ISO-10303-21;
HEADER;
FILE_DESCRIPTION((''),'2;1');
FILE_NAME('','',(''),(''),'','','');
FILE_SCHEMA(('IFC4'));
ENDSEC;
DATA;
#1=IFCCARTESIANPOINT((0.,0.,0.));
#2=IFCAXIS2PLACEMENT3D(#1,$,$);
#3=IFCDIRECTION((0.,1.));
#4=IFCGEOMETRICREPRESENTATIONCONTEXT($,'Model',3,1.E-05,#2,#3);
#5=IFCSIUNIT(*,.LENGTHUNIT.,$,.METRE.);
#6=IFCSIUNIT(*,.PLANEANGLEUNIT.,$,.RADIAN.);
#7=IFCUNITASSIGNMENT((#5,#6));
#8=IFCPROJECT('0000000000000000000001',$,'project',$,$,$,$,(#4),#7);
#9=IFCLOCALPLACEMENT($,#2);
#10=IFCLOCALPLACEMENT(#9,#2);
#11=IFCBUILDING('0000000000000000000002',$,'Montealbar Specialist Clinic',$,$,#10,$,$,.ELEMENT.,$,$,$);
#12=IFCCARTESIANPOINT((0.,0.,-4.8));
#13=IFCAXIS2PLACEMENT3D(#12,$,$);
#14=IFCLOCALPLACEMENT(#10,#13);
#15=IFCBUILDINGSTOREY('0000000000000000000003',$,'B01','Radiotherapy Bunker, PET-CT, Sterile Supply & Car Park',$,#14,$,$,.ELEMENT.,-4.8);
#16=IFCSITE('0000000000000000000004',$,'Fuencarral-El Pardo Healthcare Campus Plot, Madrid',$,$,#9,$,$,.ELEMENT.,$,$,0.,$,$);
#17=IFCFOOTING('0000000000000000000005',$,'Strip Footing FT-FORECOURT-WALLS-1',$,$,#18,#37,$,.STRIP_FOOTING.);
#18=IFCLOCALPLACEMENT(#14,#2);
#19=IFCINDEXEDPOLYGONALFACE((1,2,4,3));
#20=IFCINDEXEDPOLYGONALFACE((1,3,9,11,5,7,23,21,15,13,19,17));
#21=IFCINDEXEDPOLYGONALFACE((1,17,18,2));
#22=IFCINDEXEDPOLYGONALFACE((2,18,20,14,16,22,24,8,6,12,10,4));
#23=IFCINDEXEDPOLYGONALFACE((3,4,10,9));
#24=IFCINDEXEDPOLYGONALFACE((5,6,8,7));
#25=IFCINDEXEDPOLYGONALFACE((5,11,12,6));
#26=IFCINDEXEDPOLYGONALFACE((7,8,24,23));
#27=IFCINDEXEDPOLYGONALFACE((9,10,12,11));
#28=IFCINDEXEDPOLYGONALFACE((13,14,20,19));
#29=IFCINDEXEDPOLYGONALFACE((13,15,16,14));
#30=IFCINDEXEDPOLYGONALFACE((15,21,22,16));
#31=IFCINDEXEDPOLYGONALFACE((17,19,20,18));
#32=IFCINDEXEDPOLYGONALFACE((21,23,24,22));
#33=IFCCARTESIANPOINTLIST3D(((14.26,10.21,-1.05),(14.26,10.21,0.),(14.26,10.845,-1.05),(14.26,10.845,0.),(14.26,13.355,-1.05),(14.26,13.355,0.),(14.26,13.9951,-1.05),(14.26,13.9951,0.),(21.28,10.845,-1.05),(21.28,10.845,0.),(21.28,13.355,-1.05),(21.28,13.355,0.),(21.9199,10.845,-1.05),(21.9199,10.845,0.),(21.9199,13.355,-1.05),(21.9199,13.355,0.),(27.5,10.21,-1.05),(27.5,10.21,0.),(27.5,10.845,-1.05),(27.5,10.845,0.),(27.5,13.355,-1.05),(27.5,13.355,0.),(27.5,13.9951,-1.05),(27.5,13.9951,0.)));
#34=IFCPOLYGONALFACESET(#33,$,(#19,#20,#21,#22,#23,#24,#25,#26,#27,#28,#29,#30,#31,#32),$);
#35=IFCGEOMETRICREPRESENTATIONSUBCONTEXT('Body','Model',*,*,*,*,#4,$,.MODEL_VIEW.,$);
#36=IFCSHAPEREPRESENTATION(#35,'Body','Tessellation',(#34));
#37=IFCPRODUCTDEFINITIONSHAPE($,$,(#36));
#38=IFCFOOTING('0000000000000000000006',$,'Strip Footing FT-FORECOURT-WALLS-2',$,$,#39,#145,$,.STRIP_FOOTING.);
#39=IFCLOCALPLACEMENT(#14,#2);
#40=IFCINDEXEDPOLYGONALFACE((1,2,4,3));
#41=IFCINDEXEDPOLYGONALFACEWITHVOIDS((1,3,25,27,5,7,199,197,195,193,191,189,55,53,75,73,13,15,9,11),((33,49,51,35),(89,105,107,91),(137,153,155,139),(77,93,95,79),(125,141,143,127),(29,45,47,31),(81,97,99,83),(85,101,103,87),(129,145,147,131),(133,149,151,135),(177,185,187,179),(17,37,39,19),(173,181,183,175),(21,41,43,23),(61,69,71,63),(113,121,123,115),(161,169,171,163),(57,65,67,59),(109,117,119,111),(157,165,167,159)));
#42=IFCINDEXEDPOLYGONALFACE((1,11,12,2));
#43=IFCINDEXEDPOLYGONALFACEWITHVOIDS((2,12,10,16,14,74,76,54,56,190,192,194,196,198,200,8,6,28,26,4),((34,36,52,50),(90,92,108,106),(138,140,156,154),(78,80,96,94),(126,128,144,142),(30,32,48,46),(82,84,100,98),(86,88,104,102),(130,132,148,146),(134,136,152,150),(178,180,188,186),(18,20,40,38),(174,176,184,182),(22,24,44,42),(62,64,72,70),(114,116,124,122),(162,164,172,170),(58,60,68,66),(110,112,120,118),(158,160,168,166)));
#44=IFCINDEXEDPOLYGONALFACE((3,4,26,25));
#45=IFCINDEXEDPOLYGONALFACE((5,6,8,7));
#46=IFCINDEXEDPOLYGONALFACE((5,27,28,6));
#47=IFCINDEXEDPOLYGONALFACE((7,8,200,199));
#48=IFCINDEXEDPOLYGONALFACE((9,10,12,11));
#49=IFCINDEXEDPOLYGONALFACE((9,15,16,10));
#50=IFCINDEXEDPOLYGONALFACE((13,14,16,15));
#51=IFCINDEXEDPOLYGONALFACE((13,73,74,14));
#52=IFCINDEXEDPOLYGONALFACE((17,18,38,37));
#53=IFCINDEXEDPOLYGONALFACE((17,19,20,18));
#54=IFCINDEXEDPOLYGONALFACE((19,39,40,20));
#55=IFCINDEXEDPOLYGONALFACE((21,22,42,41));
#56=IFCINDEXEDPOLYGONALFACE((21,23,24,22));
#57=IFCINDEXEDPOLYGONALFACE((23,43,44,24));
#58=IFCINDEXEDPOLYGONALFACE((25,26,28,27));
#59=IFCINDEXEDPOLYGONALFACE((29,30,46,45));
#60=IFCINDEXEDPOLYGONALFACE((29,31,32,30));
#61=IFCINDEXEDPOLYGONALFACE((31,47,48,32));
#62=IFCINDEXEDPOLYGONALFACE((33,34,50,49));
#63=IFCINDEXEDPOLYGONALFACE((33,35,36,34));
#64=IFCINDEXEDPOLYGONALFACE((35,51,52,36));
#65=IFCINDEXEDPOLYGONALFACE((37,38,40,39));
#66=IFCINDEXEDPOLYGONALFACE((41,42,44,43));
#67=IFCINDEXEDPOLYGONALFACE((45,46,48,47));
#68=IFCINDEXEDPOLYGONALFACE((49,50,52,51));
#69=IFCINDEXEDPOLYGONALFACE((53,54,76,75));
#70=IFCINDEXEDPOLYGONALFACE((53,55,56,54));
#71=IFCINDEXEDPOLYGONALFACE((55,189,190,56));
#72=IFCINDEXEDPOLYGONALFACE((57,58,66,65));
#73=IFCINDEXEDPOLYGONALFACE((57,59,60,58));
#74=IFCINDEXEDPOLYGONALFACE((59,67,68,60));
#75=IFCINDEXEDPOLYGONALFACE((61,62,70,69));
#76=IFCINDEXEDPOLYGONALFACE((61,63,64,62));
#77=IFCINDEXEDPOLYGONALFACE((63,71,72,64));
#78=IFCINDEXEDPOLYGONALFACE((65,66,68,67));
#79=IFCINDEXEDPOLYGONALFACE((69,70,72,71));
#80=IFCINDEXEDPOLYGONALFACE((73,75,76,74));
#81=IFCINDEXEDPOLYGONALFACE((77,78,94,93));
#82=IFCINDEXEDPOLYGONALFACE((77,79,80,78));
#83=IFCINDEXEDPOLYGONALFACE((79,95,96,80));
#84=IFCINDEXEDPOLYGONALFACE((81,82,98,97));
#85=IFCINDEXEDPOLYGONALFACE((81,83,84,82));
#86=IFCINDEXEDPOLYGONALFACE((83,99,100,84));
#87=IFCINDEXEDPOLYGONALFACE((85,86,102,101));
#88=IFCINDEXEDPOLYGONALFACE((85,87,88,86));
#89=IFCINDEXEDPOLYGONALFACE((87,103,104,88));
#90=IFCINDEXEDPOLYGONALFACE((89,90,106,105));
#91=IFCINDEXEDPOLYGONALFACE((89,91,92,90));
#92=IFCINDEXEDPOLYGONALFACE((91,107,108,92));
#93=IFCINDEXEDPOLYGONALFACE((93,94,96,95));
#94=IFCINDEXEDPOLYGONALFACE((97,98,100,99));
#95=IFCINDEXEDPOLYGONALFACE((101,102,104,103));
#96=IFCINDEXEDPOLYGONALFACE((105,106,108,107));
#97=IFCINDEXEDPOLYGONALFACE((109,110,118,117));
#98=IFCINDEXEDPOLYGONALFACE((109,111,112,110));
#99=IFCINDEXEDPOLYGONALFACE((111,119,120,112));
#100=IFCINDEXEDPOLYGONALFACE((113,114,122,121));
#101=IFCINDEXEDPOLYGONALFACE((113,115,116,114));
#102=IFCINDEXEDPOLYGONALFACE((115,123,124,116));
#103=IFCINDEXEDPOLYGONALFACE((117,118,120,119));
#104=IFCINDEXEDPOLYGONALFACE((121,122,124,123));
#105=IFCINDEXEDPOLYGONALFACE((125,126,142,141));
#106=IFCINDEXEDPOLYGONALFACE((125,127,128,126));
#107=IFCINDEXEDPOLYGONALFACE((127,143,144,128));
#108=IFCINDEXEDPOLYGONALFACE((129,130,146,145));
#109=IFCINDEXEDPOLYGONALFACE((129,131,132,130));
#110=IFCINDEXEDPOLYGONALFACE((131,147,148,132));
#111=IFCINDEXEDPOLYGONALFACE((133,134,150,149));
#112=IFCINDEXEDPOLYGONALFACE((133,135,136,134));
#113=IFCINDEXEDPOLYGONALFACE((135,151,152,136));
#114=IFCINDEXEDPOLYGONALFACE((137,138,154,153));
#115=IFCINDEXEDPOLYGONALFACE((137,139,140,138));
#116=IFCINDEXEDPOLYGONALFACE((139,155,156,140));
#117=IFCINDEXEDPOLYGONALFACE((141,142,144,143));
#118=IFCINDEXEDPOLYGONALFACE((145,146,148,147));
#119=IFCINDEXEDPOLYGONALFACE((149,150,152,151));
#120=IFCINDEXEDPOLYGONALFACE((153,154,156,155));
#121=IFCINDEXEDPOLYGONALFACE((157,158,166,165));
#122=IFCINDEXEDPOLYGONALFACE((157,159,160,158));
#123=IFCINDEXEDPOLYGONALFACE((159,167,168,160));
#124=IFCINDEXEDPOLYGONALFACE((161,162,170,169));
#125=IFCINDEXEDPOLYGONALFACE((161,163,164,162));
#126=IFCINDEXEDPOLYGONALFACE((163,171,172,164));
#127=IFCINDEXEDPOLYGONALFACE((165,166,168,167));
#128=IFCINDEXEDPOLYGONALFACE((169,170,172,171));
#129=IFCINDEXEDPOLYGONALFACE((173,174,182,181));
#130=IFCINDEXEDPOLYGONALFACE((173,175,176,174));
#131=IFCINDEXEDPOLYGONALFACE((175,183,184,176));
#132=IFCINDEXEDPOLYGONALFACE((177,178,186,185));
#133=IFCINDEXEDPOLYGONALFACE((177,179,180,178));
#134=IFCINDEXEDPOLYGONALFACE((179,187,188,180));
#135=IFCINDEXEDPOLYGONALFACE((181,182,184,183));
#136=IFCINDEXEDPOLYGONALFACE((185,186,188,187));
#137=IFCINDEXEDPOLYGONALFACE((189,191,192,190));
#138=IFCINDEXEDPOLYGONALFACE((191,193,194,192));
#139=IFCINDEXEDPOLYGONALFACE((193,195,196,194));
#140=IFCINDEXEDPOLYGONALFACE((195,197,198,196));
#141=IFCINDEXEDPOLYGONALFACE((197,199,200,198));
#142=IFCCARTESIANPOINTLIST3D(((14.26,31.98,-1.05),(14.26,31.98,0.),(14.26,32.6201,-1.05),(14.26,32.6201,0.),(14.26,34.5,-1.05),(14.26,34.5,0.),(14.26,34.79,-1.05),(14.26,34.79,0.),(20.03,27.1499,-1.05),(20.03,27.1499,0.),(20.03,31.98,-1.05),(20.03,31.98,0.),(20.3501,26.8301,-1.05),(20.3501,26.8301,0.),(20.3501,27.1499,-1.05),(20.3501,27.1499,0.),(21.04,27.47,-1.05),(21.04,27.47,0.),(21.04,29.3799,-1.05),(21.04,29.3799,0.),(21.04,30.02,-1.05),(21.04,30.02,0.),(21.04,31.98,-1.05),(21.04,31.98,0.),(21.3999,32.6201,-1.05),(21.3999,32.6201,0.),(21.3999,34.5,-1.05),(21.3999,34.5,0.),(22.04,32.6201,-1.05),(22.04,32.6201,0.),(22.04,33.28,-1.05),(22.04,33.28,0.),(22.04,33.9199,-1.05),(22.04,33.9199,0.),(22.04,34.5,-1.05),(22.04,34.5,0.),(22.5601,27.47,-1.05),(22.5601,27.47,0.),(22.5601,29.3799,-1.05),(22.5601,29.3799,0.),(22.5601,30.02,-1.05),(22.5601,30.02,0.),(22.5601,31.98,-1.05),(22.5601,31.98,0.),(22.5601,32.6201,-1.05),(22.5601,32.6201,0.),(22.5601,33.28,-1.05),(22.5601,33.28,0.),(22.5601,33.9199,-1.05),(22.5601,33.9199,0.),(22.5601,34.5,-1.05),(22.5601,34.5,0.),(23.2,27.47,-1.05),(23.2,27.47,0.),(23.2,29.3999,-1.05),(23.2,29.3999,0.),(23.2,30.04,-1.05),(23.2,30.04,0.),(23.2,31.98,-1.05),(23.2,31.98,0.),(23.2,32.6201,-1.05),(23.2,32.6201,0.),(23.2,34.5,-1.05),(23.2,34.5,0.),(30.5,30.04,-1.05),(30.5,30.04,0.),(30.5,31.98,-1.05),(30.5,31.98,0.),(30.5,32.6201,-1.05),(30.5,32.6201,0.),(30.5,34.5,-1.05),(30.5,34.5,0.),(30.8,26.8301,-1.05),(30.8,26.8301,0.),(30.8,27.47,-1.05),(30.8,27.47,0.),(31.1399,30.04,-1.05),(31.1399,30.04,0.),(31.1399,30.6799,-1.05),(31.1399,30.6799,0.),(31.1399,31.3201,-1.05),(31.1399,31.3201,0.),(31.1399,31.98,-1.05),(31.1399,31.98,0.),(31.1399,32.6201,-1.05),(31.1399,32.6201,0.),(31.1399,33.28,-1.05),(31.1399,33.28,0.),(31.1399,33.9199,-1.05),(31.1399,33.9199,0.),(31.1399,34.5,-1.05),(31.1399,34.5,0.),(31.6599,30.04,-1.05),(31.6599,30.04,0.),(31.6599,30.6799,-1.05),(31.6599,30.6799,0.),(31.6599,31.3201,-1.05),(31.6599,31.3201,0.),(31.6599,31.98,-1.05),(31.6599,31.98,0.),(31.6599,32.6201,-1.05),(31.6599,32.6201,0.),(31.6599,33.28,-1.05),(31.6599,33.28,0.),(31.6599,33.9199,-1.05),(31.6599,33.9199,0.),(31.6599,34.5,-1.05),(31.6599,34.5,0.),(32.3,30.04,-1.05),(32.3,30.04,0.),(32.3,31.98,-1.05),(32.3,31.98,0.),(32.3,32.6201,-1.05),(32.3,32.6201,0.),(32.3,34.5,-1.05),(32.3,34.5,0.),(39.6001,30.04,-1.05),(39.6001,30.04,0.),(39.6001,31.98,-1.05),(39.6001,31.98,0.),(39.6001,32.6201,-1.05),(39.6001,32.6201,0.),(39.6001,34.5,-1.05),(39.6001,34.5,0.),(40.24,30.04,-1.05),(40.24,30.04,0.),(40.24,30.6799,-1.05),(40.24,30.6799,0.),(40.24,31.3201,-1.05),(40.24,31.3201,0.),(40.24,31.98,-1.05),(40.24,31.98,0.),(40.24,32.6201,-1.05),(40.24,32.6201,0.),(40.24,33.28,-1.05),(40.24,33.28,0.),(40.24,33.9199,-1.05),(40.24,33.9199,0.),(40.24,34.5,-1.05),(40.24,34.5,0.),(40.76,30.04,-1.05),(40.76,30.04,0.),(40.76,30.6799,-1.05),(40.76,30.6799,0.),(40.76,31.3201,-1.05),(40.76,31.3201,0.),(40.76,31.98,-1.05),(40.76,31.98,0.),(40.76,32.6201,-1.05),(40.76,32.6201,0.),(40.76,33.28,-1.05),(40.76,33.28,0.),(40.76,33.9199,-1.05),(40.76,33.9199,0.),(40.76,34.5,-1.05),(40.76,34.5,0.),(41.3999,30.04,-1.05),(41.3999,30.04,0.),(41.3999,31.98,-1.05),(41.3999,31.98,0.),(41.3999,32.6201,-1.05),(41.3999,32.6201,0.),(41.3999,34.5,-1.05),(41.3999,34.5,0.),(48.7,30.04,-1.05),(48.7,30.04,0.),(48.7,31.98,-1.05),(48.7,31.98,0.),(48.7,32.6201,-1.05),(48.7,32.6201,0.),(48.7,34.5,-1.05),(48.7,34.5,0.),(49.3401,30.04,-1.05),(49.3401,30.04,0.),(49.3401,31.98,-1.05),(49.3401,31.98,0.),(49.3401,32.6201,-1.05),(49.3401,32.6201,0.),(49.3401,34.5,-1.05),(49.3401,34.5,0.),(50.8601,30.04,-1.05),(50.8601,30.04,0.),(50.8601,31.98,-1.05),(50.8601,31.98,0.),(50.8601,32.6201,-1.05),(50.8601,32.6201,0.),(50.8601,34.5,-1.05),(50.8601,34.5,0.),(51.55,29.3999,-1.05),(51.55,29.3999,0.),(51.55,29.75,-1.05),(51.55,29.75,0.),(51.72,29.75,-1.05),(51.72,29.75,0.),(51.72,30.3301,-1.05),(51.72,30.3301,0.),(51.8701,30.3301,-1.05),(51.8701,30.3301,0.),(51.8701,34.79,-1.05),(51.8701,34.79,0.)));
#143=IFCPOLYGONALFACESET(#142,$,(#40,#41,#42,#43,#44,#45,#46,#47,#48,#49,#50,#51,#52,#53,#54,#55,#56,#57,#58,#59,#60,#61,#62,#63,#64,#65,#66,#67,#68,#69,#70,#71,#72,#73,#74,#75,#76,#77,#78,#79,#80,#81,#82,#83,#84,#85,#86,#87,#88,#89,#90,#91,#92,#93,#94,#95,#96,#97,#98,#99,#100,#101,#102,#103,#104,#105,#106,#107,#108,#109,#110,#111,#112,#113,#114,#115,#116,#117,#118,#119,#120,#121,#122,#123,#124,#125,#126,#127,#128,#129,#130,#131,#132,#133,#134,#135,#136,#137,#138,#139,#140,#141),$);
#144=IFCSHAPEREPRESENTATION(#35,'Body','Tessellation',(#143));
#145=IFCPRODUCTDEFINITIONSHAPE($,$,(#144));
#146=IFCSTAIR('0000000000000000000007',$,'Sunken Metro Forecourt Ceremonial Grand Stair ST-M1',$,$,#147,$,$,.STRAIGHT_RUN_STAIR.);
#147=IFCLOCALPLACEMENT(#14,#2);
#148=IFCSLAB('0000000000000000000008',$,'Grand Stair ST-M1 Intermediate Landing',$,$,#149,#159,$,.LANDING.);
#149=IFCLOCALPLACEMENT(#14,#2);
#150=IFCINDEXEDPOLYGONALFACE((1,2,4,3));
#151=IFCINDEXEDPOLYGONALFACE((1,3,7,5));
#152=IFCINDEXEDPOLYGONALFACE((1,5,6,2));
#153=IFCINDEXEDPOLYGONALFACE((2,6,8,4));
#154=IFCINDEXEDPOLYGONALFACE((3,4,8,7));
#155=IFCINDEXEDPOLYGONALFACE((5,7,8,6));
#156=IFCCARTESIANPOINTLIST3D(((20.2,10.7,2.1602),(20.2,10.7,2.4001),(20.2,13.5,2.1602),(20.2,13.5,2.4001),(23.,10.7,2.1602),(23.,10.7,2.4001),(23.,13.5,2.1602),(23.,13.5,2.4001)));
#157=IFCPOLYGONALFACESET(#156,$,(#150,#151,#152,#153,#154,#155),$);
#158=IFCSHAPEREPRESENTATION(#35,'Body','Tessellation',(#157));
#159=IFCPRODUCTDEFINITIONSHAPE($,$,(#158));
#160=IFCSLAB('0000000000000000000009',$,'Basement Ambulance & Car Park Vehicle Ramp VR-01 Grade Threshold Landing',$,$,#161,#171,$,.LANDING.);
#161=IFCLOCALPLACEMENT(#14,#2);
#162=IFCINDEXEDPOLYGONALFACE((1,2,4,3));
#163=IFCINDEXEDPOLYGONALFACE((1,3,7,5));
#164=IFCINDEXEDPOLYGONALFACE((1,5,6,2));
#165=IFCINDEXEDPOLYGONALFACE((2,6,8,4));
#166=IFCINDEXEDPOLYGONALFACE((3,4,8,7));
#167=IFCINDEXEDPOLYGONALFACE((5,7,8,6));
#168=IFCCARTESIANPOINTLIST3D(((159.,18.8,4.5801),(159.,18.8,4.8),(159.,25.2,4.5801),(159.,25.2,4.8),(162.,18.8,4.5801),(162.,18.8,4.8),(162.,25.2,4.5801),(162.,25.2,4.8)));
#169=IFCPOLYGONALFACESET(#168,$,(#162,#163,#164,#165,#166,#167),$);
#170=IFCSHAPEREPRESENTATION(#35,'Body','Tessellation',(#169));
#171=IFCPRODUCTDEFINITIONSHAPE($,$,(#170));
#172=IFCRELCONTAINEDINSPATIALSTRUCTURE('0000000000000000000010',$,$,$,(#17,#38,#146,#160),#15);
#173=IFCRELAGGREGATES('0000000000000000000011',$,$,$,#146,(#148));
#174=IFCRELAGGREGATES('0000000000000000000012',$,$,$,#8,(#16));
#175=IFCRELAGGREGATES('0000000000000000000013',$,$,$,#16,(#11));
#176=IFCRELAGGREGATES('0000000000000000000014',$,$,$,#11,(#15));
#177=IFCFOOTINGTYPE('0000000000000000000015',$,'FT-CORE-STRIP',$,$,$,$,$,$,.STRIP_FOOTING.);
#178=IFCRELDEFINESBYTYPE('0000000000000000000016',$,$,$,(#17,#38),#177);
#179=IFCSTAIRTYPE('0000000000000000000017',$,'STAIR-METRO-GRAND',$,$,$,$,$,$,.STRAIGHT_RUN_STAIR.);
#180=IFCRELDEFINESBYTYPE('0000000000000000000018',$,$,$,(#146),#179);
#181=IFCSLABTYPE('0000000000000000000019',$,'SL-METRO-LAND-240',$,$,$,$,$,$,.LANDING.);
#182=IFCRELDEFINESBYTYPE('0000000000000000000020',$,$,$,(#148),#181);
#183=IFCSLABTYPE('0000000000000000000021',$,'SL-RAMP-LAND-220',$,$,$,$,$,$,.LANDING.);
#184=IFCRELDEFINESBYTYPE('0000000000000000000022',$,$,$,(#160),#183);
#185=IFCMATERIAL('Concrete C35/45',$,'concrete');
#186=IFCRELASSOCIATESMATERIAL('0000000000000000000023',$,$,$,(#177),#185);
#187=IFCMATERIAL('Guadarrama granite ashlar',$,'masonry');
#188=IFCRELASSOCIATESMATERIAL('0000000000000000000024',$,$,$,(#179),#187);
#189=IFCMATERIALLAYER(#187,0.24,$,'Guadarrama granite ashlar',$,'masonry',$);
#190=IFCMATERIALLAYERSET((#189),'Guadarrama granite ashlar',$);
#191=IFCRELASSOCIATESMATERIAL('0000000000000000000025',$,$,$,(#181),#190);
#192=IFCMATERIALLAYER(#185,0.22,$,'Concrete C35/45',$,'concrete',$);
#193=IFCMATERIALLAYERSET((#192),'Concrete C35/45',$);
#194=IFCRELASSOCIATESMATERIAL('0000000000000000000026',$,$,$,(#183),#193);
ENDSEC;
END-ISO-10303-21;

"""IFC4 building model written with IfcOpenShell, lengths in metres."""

from ifc_helpers import new_model, si_unit, direction, frame, origin, place, context, subcontext, project, spatial, polyline, outline, extrude, material, layer, layer_set, type_object, element, aggregate, save


model = new_model("IFC4")

# Units and contexts
model_context = context("Model", 3, precision=1e-05, world=origin(), true_north=direction((0.0, 1.0)))
body_context = subcontext(model_context, "Body", "Model", "MODEL_VIEW")
ifc_project = project(units=[si_unit("LENGTHUNIT", "METRE"), si_unit("PLANEANGLEUNIT", "RADIAN")], contexts=[model_context])

# Site, building, storey
site_placement = place(None, origin())
site = spatial("IfcSite", under=ifc_project, at=site_placement, Name="Fuencarral-El Pardo Healthcare Campus Plot, Madrid", CompositionType="ELEMENT", RefElevation=0.0)
building_placement = place(site_placement, origin())
building = spatial("IfcBuilding", under=site, at=building_placement, Name="Montealbar Specialist Clinic", CompositionType="ELEMENT")
storey_placement = place(building_placement, frame((0.0, 0.0, -4.8)))
storey = spatial("IfcBuildingStorey", under=building, at=storey_placement, Name="B01", Description="Radiotherapy Bunker, PET-CT, Sterile Supply & Car Park", CompositionType="ELEMENT", Elevation=-4.8)

# Footings
ifc_material_1 = material(Name="Concrete C35/45", Category="concrete")
footing_type = type_object("IfcFootingType", Name="FT-CORE-STRIP", PredefinedType="STRIP_FOOTING", material=ifc_material_1)
footing_1_placement = place(storey_placement, frame((0.0, 0.0, -1.05)))
element("IfcFooting", 1, at=footing_1_placement, inside=storey, type_object=footing_type, Name="Strip Footing FT-FORECOURT-WALLS-1", PredefinedType="STRIP_FOOTING", context=body_context, shape_type="SweptSolid", body=[
    extrude(outline(polyline([(14.26, 13.9951), (27.5, 13.9951), (27.5, 13.355), (21.9199, 13.355), (21.9199, 10.845), (27.5, 10.845), (27.5, 10.21), (14.26, 10.21), (14.26, 10.845), (21.28, 10.845), (21.28, 13.355), (14.26, 13.355), (14.26, 13.9951)])), origin(), (0.0, 0.0, 1.0), 1.05),
])
footing_2_placement = place(storey_placement, frame((0.0, 0.0, -1.05)))
element("IfcFooting", 2, at=footing_2_placement, inside=storey, type_object=footing_type, Name="Strip Footing FT-FORECOURT-WALLS-2", PredefinedType="STRIP_FOOTING", context=body_context, shape_type="SweptSolid", body=[
    extrude(outline(polyline([(14.26, 31.98), (14.26, 32.6201), (21.3999, 32.6201), (21.3999, 34.5), (14.26, 34.5), (14.26, 34.79), (51.8701, 34.79), (51.8701, 30.3301), (51.72, 30.3301), (51.72, 29.75), (51.55, 29.75), (51.55, 29.3999), (23.2, 29.3999), (23.2, 27.47), (30.8, 27.47), (30.8, 26.8301), (20.3501, 26.8301), (20.3501, 27.1499), (20.03, 27.1499), (20.03, 31.98), (14.26, 31.98)]), holes=[polyline([(21.04, 31.98), (21.04, 30.02), (22.5601, 30.02), (22.5601, 31.98), (21.04, 31.98)]), polyline([(23.2, 31.98), (23.2, 30.04), (30.5, 30.04), (30.5, 31.98), (23.2, 31.98)]), polyline([(22.5601, 29.3799), (21.04, 29.3799), (21.04, 27.47), (22.5601, 27.47), (22.5601, 29.3799)]), polyline([(31.6599, 30.6799), (31.1399, 30.6799), (31.1399, 30.04), (31.6599, 30.04), (31.6599, 30.6799)]), polyline([(31.1399, 31.98), (31.1399, 31.3201), (31.6599, 31.3201), (31.6599, 31.98), (31.1399, 31.98)]), polyline([(22.04, 34.5), (22.04, 33.9199), (22.5601, 33.9199), (22.5601, 34.5), (22.04, 34.5)]), polyline([(23.2, 34.5), (23.2, 32.6201), (30.5, 32.6201), (30.5, 34.5), (23.2, 34.5)]), polyline([(22.5601, 32.6201), (22.5601, 33.28), (22.04, 33.28), (22.04, 32.6201), (22.5601, 32.6201)]), polyline([(31.6599, 33.28), (31.1399, 33.28), (31.1399, 32.6201), (31.6599, 32.6201), (31.6599, 33.28)]), polyline([(31.1399, 34.5), (31.1399, 33.9199), (31.6599, 33.9199), (31.6599, 34.5), (31.1399, 34.5)]), polyline([(39.6001, 32.6201), (39.6001, 34.5), (32.3, 34.5), (32.3, 32.6201), (39.6001, 32.6201)]), polyline([(40.76, 32.6201), (40.76, 33.28), (40.24, 33.28), (40.24, 32.6201), (40.76, 32.6201)]), polyline([(48.7, 32.6201), (48.7, 34.5), (41.3999, 34.5), (41.3999, 32.6201), (48.7, 32.6201)]), polyline([(49.3401, 32.6201), (50.8601, 32.6201), (50.8601, 34.5), (49.3401, 34.5), (49.3401, 32.6201)]), polyline([(49.3401, 30.04), (50.8601, 30.04), (50.8601, 31.98), (49.3401, 31.98), (49.3401, 30.04)]), polyline([(39.6001, 30.04), (39.6001, 31.98), (32.3, 31.98), (32.3, 30.04), (39.6001, 30.04)]), polyline([(40.76, 31.3201), (40.76, 31.98), (40.24, 31.98), (40.24, 31.3201), (40.76, 31.3201)]), polyline([(40.76, 30.04), (40.76, 30.6799), (40.24, 30.6799), (40.24, 30.04), (40.76, 30.04)]), polyline([(48.7, 31.98), (41.3999, 31.98), (41.3999, 30.04), (48.7, 30.04), (48.7, 31.98)]), polyline([(40.76, 34.5), (40.24, 34.5), (40.24, 33.9199), (40.76, 33.9199), (40.76, 34.5)])]), origin(), (0.0, 0.0, 1.0), 1.05),
])

# Stair, slab
ifc_material_2 = material(Name="Guadarrama granite ashlar", Category="masonry")
stair_type_1 = type_object("IfcStairType", Name="STAIR-METRO-GRAND", PredefinedType="STRAIGHT_RUN_STAIR", material=ifc_material_2)
stair_1_placement = place(storey_placement, origin())
stair_1 = element("IfcStair", 3, at=stair_1_placement, inside=storey, type_object=stair_type_1, Name="Sunken Metro Forecourt Ceremonial Grand Stair ST-M1", PredefinedType="STRAIGHT_RUN_STAIR")
ifc_layer_1 = layer(ifc_material_2, 0.24, Name="Guadarrama granite ashlar", Category="masonry")
ifc_layer_set_1 = layer_set([ifc_layer_1], Name="Guadarrama granite ashlar")
slab_type_1 = type_object("IfcSlabType", Name="SL-METRO-LAND-240", PredefinedType="LANDING", material=ifc_layer_set_1)
slab_1_placement = place(storey_placement, frame((0.0, 0.0, 2.1602)))
slab_1 = element("IfcSlab", 4, at=slab_1_placement, type_object=slab_type_1, Name="Grand Stair ST-M1 Intermediate Landing", PredefinedType="LANDING", context=body_context, shape_type="SweptSolid", body=[
    extrude(outline(polyline([(20.2, 10.7), (23.0, 10.7), (23.0, 13.5), (20.2, 13.5), (20.2, 10.7)])), origin(), (0.0, 0.0, 1.0), 0.24),
])
aggregate(stair_1, [slab_1])

# Slab
ifc_layer_2 = layer(ifc_material_1, 0.22, Name="Concrete C35/45", Category="concrete")
ifc_layer_set_2 = layer_set([ifc_layer_2], Name="Concrete C35/45")
slab_type_2 = type_object("IfcSlabType", Name="SL-RAMP-LAND-220", PredefinedType="LANDING", material=ifc_layer_set_2)
slab_2_placement = place(storey_placement, frame((0.0, 0.0, 4.5801)))
element("IfcSlab", 5, at=slab_2_placement, inside=storey, type_object=slab_type_2, Name="Basement Ambulance & Car Park Vehicle Ramp VR-01 Grade Threshold Landing", PredefinedType="LANDING", context=body_context, shape_type="SweptSolid", body=[
    extrude(outline(polyline([(159.0, 18.8), (162.0, 18.8), (162.0, 25.2), (159.0, 25.2), (159.0, 18.8)])), origin(), (0.0, 0.0, 1.0), 0.22),
])

save(model, "model.ifc")
